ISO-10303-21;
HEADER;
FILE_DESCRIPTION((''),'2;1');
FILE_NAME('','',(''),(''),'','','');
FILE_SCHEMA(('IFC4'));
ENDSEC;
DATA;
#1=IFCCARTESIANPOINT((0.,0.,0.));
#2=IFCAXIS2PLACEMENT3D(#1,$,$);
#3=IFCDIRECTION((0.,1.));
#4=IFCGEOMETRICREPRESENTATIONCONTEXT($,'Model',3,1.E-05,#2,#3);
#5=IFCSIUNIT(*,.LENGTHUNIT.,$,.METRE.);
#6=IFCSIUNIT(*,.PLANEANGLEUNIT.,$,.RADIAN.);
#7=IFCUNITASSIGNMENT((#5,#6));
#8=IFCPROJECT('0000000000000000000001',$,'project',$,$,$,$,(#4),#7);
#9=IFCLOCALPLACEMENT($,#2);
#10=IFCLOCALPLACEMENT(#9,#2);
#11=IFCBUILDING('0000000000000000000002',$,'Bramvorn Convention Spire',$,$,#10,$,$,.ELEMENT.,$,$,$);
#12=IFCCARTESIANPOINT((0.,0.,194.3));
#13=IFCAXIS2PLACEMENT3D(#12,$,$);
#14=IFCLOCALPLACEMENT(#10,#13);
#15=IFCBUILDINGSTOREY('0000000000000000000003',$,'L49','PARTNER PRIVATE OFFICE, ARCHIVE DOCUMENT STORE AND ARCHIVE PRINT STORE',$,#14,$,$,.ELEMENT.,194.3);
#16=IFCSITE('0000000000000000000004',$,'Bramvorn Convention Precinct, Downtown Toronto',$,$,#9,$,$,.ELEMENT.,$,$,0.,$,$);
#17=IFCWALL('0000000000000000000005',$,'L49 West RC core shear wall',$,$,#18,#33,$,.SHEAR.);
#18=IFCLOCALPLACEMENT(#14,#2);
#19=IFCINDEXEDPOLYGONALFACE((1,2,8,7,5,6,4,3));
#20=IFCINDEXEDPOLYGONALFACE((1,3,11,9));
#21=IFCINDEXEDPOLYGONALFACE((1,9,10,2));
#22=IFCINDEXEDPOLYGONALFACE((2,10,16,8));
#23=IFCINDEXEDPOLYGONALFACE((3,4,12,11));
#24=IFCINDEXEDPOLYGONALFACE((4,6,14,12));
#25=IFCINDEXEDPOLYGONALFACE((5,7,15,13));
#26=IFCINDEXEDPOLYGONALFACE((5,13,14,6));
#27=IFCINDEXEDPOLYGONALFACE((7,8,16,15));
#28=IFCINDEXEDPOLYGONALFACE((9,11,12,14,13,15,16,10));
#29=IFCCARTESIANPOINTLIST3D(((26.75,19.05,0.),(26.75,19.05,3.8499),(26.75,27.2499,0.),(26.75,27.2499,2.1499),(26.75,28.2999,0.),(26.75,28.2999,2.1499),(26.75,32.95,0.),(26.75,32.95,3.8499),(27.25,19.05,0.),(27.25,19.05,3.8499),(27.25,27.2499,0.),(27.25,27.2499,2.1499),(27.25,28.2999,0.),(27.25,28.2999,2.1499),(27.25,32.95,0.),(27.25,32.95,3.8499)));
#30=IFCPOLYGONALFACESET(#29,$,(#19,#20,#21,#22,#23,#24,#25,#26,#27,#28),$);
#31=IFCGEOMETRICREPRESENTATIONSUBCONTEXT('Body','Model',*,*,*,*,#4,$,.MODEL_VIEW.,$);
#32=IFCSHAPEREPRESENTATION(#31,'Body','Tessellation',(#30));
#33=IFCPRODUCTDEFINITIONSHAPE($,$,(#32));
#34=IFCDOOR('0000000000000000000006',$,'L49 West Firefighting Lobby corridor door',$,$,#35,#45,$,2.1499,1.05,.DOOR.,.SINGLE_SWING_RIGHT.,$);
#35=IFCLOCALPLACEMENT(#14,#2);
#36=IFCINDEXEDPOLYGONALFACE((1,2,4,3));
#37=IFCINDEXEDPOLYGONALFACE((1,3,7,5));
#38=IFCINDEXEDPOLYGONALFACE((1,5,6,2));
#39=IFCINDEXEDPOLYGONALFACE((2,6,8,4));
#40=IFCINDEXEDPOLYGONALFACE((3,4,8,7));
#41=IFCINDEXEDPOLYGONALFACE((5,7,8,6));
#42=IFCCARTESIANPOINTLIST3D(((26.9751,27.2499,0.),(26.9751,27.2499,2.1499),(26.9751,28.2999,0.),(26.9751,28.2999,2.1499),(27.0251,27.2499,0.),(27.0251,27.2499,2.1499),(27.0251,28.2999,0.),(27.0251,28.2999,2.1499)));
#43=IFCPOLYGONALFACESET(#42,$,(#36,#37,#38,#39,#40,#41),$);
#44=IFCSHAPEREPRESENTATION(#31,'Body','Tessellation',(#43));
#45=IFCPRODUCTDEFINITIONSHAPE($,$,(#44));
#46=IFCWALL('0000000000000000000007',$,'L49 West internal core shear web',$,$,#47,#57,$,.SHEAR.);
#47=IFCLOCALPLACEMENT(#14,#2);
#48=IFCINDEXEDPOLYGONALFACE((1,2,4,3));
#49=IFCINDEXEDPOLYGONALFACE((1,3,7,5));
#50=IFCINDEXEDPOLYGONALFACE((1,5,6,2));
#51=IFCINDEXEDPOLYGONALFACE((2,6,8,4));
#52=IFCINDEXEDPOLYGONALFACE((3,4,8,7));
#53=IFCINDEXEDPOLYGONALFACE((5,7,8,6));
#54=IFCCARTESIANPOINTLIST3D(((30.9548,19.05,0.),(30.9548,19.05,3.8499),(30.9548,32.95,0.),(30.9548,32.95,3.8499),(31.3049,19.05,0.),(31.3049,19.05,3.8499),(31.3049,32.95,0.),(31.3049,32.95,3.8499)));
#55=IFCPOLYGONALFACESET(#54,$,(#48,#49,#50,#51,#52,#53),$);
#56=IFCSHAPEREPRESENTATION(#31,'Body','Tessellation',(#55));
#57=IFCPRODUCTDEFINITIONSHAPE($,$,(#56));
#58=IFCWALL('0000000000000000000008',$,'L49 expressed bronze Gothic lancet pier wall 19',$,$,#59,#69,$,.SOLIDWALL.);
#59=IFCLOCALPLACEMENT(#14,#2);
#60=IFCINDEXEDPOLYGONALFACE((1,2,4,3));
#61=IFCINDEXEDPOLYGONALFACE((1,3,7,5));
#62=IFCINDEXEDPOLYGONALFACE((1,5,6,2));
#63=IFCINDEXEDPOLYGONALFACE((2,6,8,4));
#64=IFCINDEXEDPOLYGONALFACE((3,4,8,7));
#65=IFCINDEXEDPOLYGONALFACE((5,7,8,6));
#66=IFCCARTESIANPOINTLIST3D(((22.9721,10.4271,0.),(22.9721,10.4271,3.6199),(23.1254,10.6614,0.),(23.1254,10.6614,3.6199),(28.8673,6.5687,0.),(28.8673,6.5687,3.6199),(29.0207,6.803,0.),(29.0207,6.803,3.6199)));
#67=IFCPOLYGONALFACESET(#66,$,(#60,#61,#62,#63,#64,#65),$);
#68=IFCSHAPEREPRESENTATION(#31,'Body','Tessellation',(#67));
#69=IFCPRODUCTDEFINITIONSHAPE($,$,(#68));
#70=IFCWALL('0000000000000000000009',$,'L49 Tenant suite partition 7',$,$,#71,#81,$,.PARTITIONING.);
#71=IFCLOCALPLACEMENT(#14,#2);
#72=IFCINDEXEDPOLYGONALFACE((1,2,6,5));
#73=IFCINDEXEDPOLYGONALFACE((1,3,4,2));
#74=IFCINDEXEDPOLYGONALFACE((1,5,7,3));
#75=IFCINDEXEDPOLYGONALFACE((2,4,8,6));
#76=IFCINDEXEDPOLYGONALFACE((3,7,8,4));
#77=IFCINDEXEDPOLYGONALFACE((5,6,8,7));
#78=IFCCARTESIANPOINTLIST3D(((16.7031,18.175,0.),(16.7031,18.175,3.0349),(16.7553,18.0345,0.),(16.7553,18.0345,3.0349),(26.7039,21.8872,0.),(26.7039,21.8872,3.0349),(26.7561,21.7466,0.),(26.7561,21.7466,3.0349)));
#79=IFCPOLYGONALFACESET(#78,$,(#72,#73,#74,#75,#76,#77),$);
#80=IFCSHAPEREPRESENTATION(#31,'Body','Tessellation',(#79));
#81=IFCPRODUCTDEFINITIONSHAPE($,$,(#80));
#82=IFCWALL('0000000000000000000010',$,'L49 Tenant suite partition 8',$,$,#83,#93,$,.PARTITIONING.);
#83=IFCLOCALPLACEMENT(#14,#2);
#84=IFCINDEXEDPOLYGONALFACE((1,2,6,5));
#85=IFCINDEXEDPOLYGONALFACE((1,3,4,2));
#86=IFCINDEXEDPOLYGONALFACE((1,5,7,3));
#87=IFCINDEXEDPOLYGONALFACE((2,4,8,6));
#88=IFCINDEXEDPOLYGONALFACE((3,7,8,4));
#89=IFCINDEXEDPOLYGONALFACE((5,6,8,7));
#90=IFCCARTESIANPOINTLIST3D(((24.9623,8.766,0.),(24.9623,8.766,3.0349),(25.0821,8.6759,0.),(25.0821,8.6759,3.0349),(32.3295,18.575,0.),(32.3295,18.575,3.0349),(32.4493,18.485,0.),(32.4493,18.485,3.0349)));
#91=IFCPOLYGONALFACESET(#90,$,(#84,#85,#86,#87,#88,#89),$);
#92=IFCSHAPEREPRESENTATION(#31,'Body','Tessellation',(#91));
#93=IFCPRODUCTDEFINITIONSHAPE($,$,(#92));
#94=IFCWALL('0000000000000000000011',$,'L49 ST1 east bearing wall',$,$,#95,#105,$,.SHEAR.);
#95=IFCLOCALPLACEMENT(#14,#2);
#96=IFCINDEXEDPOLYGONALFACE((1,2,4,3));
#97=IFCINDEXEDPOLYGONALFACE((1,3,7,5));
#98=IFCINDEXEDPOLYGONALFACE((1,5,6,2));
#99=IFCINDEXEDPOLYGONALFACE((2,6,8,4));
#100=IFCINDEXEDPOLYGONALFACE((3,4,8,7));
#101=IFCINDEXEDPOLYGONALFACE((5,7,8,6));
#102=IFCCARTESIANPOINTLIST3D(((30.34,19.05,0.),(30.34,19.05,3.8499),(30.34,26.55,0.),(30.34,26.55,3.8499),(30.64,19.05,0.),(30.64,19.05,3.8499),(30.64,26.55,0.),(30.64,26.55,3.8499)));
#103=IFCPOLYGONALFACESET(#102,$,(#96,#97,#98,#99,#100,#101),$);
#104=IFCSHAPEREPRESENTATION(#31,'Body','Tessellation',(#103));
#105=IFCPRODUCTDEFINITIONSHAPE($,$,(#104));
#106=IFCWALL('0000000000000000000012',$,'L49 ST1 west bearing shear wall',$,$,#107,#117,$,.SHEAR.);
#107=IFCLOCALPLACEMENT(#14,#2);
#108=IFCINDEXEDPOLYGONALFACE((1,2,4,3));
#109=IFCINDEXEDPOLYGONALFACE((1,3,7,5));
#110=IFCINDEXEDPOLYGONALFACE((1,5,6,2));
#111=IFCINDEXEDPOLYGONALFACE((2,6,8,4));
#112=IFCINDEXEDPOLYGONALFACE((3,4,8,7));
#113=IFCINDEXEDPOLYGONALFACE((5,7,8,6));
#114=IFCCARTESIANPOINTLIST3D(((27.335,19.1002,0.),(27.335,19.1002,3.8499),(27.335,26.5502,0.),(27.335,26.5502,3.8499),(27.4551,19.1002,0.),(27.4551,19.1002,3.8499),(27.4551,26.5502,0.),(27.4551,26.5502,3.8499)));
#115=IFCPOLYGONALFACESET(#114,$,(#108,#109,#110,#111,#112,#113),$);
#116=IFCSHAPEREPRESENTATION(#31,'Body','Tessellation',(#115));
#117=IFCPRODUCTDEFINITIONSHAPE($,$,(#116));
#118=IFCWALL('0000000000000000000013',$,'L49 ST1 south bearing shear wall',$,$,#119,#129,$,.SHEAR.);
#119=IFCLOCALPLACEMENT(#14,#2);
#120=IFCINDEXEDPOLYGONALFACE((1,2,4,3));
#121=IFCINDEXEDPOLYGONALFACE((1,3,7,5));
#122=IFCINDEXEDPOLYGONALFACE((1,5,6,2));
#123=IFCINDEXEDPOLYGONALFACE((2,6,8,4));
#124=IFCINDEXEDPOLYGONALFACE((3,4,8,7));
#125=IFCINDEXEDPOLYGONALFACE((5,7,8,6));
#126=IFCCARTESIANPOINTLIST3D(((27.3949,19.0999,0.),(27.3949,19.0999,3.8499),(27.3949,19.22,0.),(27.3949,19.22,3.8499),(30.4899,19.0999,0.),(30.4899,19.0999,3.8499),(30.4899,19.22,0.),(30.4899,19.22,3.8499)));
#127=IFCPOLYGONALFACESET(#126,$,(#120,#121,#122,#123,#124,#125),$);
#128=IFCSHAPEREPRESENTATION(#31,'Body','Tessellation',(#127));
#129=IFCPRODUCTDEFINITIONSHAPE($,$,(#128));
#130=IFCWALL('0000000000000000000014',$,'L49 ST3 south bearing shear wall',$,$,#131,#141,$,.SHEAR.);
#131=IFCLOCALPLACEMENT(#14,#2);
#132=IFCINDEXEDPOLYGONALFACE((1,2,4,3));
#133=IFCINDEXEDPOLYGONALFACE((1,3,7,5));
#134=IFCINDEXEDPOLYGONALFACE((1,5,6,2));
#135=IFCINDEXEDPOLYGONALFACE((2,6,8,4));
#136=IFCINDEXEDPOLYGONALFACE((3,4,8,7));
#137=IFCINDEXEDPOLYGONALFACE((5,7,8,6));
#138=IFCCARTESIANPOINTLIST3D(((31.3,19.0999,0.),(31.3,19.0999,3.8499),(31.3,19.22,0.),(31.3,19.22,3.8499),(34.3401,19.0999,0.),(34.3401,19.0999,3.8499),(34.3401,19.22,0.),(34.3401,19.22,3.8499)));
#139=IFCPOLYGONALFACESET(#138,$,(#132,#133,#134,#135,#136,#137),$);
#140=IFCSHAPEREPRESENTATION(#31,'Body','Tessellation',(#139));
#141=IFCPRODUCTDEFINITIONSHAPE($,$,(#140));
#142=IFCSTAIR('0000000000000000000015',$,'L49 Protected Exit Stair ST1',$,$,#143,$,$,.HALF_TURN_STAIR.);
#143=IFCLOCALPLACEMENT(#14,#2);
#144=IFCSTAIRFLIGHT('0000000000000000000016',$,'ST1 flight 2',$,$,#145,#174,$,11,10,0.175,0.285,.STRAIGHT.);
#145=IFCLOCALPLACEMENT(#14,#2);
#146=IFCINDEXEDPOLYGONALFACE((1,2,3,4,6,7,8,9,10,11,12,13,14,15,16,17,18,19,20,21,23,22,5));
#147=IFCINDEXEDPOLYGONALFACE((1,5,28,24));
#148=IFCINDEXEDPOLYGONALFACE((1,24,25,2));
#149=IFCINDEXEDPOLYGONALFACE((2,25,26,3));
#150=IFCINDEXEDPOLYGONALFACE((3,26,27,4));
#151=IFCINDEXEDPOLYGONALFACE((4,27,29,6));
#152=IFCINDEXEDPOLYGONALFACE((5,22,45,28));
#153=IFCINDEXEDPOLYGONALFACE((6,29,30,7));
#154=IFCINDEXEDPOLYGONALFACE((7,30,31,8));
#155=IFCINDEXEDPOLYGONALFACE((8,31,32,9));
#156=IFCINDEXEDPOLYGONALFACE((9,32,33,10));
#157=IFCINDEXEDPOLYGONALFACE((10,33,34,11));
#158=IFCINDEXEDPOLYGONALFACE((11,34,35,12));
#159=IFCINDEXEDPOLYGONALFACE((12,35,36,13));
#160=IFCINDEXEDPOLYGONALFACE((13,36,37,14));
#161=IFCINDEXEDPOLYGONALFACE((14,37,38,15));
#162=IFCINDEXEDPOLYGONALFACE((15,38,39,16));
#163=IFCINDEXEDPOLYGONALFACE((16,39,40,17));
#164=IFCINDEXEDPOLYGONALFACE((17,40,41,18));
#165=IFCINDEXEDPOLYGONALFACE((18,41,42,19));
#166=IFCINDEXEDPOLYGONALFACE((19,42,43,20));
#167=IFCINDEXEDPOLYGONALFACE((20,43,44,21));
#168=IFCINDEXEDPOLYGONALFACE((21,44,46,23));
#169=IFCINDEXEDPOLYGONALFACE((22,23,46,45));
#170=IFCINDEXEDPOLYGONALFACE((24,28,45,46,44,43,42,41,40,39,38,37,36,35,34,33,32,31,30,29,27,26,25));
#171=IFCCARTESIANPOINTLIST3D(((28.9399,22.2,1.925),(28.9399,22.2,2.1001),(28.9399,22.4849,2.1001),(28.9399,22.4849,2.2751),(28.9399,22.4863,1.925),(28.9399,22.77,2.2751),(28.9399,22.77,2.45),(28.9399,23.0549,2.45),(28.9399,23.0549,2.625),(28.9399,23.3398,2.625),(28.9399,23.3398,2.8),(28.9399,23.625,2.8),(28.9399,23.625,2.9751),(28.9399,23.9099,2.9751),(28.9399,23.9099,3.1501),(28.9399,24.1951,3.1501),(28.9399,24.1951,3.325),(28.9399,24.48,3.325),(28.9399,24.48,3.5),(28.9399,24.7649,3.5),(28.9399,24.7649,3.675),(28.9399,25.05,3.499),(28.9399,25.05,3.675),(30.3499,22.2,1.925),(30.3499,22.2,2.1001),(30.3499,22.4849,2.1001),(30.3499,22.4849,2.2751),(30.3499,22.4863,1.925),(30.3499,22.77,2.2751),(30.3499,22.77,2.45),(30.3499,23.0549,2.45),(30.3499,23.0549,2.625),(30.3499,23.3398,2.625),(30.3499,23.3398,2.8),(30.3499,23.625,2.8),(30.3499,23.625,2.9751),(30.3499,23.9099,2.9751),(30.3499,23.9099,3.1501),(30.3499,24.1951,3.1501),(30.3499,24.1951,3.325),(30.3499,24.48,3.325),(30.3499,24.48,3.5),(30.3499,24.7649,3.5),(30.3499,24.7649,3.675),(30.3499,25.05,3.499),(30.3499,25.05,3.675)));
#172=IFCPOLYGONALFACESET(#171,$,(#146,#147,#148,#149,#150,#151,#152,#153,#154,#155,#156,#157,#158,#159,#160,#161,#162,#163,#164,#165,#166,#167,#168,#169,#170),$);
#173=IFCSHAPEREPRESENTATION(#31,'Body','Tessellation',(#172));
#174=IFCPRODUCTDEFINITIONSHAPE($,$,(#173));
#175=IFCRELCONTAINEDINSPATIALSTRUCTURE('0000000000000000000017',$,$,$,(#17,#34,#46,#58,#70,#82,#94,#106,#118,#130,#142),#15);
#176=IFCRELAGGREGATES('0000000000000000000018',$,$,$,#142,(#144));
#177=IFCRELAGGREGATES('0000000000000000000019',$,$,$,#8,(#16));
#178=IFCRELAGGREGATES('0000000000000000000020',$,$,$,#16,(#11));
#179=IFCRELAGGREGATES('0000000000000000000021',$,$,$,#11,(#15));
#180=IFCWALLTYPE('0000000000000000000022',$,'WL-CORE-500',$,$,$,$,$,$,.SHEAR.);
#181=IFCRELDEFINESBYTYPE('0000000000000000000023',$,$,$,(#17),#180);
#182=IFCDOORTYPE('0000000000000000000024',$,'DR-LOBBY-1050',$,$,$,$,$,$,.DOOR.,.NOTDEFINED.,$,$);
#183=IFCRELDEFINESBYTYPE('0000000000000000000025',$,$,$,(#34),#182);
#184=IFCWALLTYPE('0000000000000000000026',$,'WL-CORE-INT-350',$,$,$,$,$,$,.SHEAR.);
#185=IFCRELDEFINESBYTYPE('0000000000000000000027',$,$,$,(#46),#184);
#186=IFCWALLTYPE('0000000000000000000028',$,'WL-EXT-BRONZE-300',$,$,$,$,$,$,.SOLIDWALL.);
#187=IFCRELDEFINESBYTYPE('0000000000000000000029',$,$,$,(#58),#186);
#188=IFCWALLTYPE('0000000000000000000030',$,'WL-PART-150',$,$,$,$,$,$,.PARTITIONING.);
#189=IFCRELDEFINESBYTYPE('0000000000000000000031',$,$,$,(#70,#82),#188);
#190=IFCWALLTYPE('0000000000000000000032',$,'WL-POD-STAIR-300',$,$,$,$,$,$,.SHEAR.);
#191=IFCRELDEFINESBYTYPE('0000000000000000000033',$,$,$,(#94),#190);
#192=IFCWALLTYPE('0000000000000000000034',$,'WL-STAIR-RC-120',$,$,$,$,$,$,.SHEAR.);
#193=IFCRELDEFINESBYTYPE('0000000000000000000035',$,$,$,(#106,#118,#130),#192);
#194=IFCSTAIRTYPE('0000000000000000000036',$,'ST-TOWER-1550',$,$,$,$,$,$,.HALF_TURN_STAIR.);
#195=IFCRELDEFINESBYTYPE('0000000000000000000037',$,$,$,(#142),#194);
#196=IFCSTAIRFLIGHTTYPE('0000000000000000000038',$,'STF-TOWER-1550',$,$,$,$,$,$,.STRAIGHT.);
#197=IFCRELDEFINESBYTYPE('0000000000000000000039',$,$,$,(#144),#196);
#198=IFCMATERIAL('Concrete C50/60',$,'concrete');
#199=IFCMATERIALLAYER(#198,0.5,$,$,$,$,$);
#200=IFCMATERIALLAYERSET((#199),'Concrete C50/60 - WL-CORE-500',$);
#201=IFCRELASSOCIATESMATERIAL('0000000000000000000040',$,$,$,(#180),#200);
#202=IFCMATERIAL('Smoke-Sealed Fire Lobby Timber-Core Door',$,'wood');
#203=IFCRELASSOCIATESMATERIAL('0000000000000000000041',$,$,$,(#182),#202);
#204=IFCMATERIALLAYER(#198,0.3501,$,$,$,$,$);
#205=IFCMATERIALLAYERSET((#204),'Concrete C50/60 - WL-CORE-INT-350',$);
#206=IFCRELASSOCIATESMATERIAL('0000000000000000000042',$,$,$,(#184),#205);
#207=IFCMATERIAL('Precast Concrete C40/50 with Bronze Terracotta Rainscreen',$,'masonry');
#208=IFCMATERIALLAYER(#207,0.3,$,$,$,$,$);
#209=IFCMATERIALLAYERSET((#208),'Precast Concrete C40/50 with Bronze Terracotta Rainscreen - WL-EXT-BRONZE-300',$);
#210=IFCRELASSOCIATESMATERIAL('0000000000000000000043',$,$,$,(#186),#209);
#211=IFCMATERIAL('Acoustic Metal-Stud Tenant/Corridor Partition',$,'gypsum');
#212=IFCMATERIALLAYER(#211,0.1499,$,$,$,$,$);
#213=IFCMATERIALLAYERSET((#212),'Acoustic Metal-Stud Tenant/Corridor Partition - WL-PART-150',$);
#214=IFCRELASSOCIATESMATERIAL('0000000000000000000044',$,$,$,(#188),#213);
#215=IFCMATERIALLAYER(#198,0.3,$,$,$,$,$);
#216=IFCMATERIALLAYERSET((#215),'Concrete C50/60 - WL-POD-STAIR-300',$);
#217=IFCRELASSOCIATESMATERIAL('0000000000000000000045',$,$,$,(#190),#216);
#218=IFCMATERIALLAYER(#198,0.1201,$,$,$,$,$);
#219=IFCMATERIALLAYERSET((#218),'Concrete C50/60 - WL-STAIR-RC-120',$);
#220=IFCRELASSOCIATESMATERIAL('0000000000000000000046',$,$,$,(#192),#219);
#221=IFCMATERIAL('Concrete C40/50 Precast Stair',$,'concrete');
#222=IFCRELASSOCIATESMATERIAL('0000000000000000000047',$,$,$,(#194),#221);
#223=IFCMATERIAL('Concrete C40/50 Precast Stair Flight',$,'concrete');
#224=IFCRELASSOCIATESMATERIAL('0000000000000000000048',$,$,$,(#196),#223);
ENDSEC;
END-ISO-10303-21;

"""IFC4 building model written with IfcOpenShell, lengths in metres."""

from ifc_helpers import new_model, si_unit, direction, frame, frame_2d, origin, place, context, subcontext, project, spatial, polyline, rectangle, outline, extrude, material, layer, layer_set, type_object, element, fill, aggregate, save


model = new_model("IFC4")

# Units and contexts
model_context = context("Model", 3, precision=1e-05, world=origin(), true_north=direction((0.0, 1.0)))
body_context = subcontext(model_context, "Body", "Model", "MODEL_VIEW")
ifc_project = project(units=[si_unit("LENGTHUNIT", "METRE"), si_unit("PLANEANGLEUNIT", "RADIAN")], contexts=[model_context])

# Site, building, storey
site_placement = place(None, origin())
site = spatial("IfcSite", under=ifc_project, at=site_placement, Name="Bramvorn Convention Precinct, Downtown Toronto", CompositionType="ELEMENT", RefElevation=0.0)
building_placement = place(site_placement, origin())
building = spatial("IfcBuilding", under=site, at=building_placement, Name="Bramvorn Convention Spire", CompositionType="ELEMENT")
storey_placement = place(building_placement, frame((0.0, 0.0, 194.3)))
storey = spatial("IfcBuildingStorey", under=building, at=storey_placement, Name="L49", Description="PARTNER PRIVATE OFFICE, ARCHIVE DOCUMENT STORE AND ARCHIVE PRINT STORE", CompositionType="ELEMENT", Elevation=194.3)

# Wall, opening, door
ifc_material_1 = material(Name="Concrete C50/60", Category="concrete")
ifc_layer_1 = layer(ifc_material_1, 0.5)
ifc_layer_set_1 = layer_set([ifc_layer_1], Name="Concrete C50/60 - WL-CORE-500")
wall_type_1 = type_object("IfcWallType", Name="WL-CORE-500", PredefinedType="SHEAR", material=ifc_layer_set_1)
ifc_material_2 = material(Name="Smoke-Sealed Fire Lobby Timber-Core Door", Category="wood")
door_type = type_object("IfcDoorType", Name="DR-LOBBY-1050", OperationType="NOTDEFINED", PredefinedType="DOOR", material=ifc_material_2)
wall_1_placement = place(storey_placement, frame((27.0, 19.05, 0.0), z_axis=(0.0, 0.0, 1.0), x_axis=(0.0, 1.0, 0.0)))
wall_1 = element("IfcWall", 1, at=wall_1_placement, inside=storey, type_object=wall_type_1, Name="L49 West RC core shear wall", PredefinedType="SHEAR", context=body_context, shape_type="SweptSolid", body=[
    extrude(rectangle(XDim=13.8999, YDim=0.5, at=frame_2d((6.95, 0.0))), origin(), (0.0, 0.0, 1.0), 3.8499),
])
opening_1_placement = place(wall_1_placement, frame((8.2, 0.0, 0.0)))
opening_1 = element("IfcOpeningElement", 2, at=opening_1_placement, cuts=wall_1, PredefinedType="OPENING", context=body_context, shape_type="SweptSolid", body=[
    extrude(rectangle(XDim=1.05, YDim=2.1499, at=frame_2d((0.5249, 1.075))), frame((0.0, 0.26, 0.0), z_axis=(0.0, -1.0, 0.0), x_axis=(1.0, 0.0, 0.0)), (0.0, 0.0, 1.0), 0.52),
])
door_1_placement = place(opening_1_placement, origin())
door_1 = element("IfcDoor", 3, at=door_1_placement, inside=storey, type_object=door_type, Name="L49 West Firefighting Lobby corridor door", OperationType="SINGLE_SWING_RIGHT", OverallHeight=2.1499, OverallWidth=1.05, PredefinedType="DOOR", context=body_context, shape_type="SweptSolid", body=[
    extrude(rectangle(XDim=1.05, YDim=2.1499, at=frame_2d((0.5249, 1.075))), frame((0.0, 0.0249, 0.0), z_axis=(0.0, -1.0, 0.0), x_axis=(1.0, 0.0, 0.0)), (0.0, 0.0, 1.0), 0.05),
])
fill(opening_1, door_1)

# Walls
ifc_layer_2 = layer(ifc_material_1, 0.3501)
ifc_layer_set_2 = layer_set([ifc_layer_2], Name="Concrete C50/60 - WL-CORE-INT-350")
wall_type_2 = type_object("IfcWallType", Name="WL-CORE-INT-350", PredefinedType="SHEAR", material=ifc_layer_set_2)
wall_2_placement = place(storey_placement, frame((31.1299, 19.05, 0.0), z_axis=(0.0, 0.0, 1.0), x_axis=(0.0, 1.0, 0.0)))
element("IfcWall", 4, at=wall_2_placement, inside=storey, type_object=wall_type_2, Name="L49 West internal core shear web", PredefinedType="SHEAR", context=body_context, shape_type="SweptSolid", body=[
    extrude(rectangle(XDim=13.8999, YDim=0.3501, at=frame_2d((6.95, 0.0))), origin(), (0.0, 0.0, 1.0), 3.8499),
])
ifc_material_3 = material(Name="Precast Concrete C40/50 with Bronze Terracotta Rainscreen", Category="masonry")
ifc_layer_3 = layer(ifc_material_3, 0.3)
ifc_layer_set_3 = layer_set([ifc_layer_3], Name="Precast Concrete C40/50 with Bronze Terracotta Rainscreen - WL-EXT-BRONZE-300")
wall_type_3 = type_object("IfcWallType", Name="WL-EXT-BRONZE-300", PredefinedType="SOLIDWALL", material=ifc_layer_set_3)
wall_3_placement = place(storey_placement, frame((28.9441, 6.6858, 0.0), z_axis=(0.0, 0.0, 1.0), x_axis=(-0.836722, 0.547627, 0.0)))
element("IfcWall", 5, at=wall_3_placement, inside=storey, type_object=wall_type_3, Name="L49 expressed bronze Gothic lancet pier wall 19", PredefinedType="SOLIDWALL", context=body_context, shape_type="SweptSolid", body=[
    extrude(rectangle(XDim=7.0457, YDim=0.28, at=frame_2d((3.5229, 0.0))), origin(), (0.0, 0.0, 1.0), 3.6199),
])
ifc_material_4 = material(Name="Acoustic Metal-Stud Tenant/Corridor Partition", Category="gypsum")
ifc_layer_4 = layer(ifc_material_4, 0.1499)
ifc_layer_set_4 = layer_set([ifc_layer_4], Name="Acoustic Metal-Stud Tenant/Corridor Partition - WL-PART-150")
wall_type_4 = type_object("IfcWallType", Name="WL-PART-150", PredefinedType="PARTITIONING", material=ifc_layer_set_4)
wall_4_placement = place(storey_placement, frame((26.73, 21.8169, 0.0), z_axis=(0.0, 0.0, 1.0), x_axis=(-0.937499, -0.347989, 0.0)))
element("IfcWall", 6, at=wall_4_placement, inside=storey, type_object=wall_type_4, Name="L49 Tenant suite partition 7", PredefinedType="PARTITIONING", context=body_context, shape_type="SweptSolid", body=[
    extrude(rectangle(XDim=10.6675, YDim=0.1499, at=frame_2d((5.3337, 0.0))), origin(), (0.0, 0.0, 1.0), 3.0349),
])
wall_5_placement = place(storey_placement, frame((32.3894, 18.53, 0.0), z_axis=(0.0, 0.0, 1.0), x_axis=(-0.600541, -0.799594, 0.0)))
element("IfcWall", 7, at=wall_5_placement, inside=storey, type_object=wall_type_4, Name="L49 Tenant suite partition 8", PredefinedType="PARTITIONING", context=body_context, shape_type="SweptSolid", body=[
    extrude(rectangle(XDim=12.2676, YDim=0.1499, at=frame_2d((6.1338, 0.0))), origin(), (0.0, 0.0, 1.0), 3.0349),
])
ifc_layer_5 = layer(ifc_material_1, 0.3)
ifc_layer_set_5 = layer_set([ifc_layer_5], Name="Concrete C50/60 - WL-POD-STAIR-300")
wall_type_5 = type_object("IfcWallType", Name="WL-POD-STAIR-300", PredefinedType="SHEAR", material=ifc_layer_set_5)
wall_6_placement = place(storey_placement, frame((30.49, 19.05, 0.0), z_axis=(0.0, 0.0, 1.0), x_axis=(0.0, 1.0, 0.0)))
element("IfcWall", 8, at=wall_6_placement, inside=storey, type_object=wall_type_5, Name="L49 ST1 east bearing wall", PredefinedType="SHEAR", context=body_context, shape_type="SweptSolid", body=[
    extrude(rectangle(XDim=7.5, YDim=0.3, at=frame_2d((3.75, 0.0))), origin(), (0.0, 0.0, 1.0), 3.8499),
])
ifc_layer_6 = layer(ifc_material_1, 0.1201)
ifc_layer_set_6 = layer_set([ifc_layer_6], Name="Concrete C50/60 - WL-STAIR-RC-120")
wall_type_6 = type_object("IfcWallType", Name="WL-STAIR-RC-120", PredefinedType="SHEAR", material=ifc_layer_set_6)
wall_7_placement = place(storey_placement, frame((27.395, 19.1001, 0.0), z_axis=(0.0, 0.0, 1.0), x_axis=(0.0, 1.0, 0.0)))
element("IfcWall", 9, at=wall_7_placement, inside=storey, type_object=wall_type_6, Name="L49 ST1 west bearing shear wall", PredefinedType="SHEAR", context=body_context, shape_type="SweptSolid", body=[
    extrude(rectangle(XDim=7.45, YDim=0.1201, at=frame_2d((3.7251, 0.0))), origin(), (0.0, 0.0, 1.0), 3.8499),
])
wall_8_placement = place(storey_placement, frame((27.395, 19.1599, 0.0), z_axis=(0.0, 0.0, 1.0), x_axis=(1.0, 0.0, 0.0)))
element("IfcWall", 10, at=wall_8_placement, inside=storey, type_object=wall_type_6, Name="L49 ST1 south bearing shear wall", PredefinedType="SHEAR", context=body_context, shape_type="SweptSolid", body=[
    extrude(rectangle(XDim=3.095, YDim=0.1201, at=frame_2d((1.5474, 0.0))), origin(), (0.0, 0.0, 1.0), 3.8499),
])
wall_9_placement = place(storey_placement, frame((31.3, 19.1599, 0.0), z_axis=(0.0, 0.0, 1.0), x_axis=(1.0, 0.0, 0.0)))
element("IfcWall", 11, at=wall_9_placement, inside=storey, type_object=wall_type_6, Name="L49 ST3 south bearing shear wall", PredefinedType="SHEAR", context=body_context, shape_type="SweptSolid", body=[
    extrude(rectangle(XDim=3.04, YDim=0.1201, at=frame_2d((1.52, 0.0))), origin(), (0.0, 0.0, 1.0), 3.8499),
])

# Stair, stair flight
ifc_material_5 = material(Name="Concrete C40/50 Precast Stair", Category="concrete")
stair_type = type_object("IfcStairType", Name="ST-TOWER-1550", PredefinedType="HALF_TURN_STAIR", material=ifc_material_5)
stair_1_placement = place(storey_placement, origin())
stair_1 = element("IfcStair", 12, at=stair_1_placement, inside=storey, type_object=stair_type, Name="L49 Protected Exit Stair ST1", PredefinedType="HALF_TURN_STAIR")
ifc_material_6 = material(Name="Concrete C40/50 Precast Stair Flight", Category="concrete")
stair_flight_type = type_object("IfcStairFlightType", Name="STF-TOWER-1550", PredefinedType="STRAIGHT", material=ifc_material_6)
stair_flight_1_placement = place(storey_placement, frame((29.645, 22.2, 1.925), z_axis=(0.0, 0.0, 1.0), x_axis=(0.0, 1.0, 0.0)))
stair_flight_1 = element("IfcStairFlight", 13, at=stair_flight_1_placement, type_object=stair_flight_type, Name="ST1 flight 2", NumberOfRisers=11, NumberOfTreads=10, PredefinedType="STRAIGHT", RiserHeight=0.175, TreadLength=0.285, context=body_context, shape_type="SweptSolid", body=[
    extrude(outline(polyline([(0.0, 0.0), (0.0, 0.175), (0.2849, 0.175), (0.2849, 0.3501), (0.5701, 0.3501), (0.5701, 0.5249), (0.855, 0.5249), (0.855, 0.7), (1.1399, 0.7), (1.1399, 0.875), (1.425, 0.875), (1.425, 1.05), (1.71, 1.05), (1.71, 1.2251), (1.9951, 1.2251), (1.9951, 1.3999), (2.28, 1.3999), (2.28, 1.575), (2.5649, 1.575), (2.5649, 1.75), (2.8501, 1.75), (2.8501, 1.925), (2.8501, 1.574), (0.2864, 0.0), (0.0, 0.0)])), frame((0.0, 0.7051, 0.0), z_axis=(0.0, -1.0, 0.0), x_axis=(1.0, 0.0, 0.0)), (0.0, 0.0, 1.0), 1.4099),
])
aggregate(stair_1, [stair_flight_1])

save(model, "model.ifc")
